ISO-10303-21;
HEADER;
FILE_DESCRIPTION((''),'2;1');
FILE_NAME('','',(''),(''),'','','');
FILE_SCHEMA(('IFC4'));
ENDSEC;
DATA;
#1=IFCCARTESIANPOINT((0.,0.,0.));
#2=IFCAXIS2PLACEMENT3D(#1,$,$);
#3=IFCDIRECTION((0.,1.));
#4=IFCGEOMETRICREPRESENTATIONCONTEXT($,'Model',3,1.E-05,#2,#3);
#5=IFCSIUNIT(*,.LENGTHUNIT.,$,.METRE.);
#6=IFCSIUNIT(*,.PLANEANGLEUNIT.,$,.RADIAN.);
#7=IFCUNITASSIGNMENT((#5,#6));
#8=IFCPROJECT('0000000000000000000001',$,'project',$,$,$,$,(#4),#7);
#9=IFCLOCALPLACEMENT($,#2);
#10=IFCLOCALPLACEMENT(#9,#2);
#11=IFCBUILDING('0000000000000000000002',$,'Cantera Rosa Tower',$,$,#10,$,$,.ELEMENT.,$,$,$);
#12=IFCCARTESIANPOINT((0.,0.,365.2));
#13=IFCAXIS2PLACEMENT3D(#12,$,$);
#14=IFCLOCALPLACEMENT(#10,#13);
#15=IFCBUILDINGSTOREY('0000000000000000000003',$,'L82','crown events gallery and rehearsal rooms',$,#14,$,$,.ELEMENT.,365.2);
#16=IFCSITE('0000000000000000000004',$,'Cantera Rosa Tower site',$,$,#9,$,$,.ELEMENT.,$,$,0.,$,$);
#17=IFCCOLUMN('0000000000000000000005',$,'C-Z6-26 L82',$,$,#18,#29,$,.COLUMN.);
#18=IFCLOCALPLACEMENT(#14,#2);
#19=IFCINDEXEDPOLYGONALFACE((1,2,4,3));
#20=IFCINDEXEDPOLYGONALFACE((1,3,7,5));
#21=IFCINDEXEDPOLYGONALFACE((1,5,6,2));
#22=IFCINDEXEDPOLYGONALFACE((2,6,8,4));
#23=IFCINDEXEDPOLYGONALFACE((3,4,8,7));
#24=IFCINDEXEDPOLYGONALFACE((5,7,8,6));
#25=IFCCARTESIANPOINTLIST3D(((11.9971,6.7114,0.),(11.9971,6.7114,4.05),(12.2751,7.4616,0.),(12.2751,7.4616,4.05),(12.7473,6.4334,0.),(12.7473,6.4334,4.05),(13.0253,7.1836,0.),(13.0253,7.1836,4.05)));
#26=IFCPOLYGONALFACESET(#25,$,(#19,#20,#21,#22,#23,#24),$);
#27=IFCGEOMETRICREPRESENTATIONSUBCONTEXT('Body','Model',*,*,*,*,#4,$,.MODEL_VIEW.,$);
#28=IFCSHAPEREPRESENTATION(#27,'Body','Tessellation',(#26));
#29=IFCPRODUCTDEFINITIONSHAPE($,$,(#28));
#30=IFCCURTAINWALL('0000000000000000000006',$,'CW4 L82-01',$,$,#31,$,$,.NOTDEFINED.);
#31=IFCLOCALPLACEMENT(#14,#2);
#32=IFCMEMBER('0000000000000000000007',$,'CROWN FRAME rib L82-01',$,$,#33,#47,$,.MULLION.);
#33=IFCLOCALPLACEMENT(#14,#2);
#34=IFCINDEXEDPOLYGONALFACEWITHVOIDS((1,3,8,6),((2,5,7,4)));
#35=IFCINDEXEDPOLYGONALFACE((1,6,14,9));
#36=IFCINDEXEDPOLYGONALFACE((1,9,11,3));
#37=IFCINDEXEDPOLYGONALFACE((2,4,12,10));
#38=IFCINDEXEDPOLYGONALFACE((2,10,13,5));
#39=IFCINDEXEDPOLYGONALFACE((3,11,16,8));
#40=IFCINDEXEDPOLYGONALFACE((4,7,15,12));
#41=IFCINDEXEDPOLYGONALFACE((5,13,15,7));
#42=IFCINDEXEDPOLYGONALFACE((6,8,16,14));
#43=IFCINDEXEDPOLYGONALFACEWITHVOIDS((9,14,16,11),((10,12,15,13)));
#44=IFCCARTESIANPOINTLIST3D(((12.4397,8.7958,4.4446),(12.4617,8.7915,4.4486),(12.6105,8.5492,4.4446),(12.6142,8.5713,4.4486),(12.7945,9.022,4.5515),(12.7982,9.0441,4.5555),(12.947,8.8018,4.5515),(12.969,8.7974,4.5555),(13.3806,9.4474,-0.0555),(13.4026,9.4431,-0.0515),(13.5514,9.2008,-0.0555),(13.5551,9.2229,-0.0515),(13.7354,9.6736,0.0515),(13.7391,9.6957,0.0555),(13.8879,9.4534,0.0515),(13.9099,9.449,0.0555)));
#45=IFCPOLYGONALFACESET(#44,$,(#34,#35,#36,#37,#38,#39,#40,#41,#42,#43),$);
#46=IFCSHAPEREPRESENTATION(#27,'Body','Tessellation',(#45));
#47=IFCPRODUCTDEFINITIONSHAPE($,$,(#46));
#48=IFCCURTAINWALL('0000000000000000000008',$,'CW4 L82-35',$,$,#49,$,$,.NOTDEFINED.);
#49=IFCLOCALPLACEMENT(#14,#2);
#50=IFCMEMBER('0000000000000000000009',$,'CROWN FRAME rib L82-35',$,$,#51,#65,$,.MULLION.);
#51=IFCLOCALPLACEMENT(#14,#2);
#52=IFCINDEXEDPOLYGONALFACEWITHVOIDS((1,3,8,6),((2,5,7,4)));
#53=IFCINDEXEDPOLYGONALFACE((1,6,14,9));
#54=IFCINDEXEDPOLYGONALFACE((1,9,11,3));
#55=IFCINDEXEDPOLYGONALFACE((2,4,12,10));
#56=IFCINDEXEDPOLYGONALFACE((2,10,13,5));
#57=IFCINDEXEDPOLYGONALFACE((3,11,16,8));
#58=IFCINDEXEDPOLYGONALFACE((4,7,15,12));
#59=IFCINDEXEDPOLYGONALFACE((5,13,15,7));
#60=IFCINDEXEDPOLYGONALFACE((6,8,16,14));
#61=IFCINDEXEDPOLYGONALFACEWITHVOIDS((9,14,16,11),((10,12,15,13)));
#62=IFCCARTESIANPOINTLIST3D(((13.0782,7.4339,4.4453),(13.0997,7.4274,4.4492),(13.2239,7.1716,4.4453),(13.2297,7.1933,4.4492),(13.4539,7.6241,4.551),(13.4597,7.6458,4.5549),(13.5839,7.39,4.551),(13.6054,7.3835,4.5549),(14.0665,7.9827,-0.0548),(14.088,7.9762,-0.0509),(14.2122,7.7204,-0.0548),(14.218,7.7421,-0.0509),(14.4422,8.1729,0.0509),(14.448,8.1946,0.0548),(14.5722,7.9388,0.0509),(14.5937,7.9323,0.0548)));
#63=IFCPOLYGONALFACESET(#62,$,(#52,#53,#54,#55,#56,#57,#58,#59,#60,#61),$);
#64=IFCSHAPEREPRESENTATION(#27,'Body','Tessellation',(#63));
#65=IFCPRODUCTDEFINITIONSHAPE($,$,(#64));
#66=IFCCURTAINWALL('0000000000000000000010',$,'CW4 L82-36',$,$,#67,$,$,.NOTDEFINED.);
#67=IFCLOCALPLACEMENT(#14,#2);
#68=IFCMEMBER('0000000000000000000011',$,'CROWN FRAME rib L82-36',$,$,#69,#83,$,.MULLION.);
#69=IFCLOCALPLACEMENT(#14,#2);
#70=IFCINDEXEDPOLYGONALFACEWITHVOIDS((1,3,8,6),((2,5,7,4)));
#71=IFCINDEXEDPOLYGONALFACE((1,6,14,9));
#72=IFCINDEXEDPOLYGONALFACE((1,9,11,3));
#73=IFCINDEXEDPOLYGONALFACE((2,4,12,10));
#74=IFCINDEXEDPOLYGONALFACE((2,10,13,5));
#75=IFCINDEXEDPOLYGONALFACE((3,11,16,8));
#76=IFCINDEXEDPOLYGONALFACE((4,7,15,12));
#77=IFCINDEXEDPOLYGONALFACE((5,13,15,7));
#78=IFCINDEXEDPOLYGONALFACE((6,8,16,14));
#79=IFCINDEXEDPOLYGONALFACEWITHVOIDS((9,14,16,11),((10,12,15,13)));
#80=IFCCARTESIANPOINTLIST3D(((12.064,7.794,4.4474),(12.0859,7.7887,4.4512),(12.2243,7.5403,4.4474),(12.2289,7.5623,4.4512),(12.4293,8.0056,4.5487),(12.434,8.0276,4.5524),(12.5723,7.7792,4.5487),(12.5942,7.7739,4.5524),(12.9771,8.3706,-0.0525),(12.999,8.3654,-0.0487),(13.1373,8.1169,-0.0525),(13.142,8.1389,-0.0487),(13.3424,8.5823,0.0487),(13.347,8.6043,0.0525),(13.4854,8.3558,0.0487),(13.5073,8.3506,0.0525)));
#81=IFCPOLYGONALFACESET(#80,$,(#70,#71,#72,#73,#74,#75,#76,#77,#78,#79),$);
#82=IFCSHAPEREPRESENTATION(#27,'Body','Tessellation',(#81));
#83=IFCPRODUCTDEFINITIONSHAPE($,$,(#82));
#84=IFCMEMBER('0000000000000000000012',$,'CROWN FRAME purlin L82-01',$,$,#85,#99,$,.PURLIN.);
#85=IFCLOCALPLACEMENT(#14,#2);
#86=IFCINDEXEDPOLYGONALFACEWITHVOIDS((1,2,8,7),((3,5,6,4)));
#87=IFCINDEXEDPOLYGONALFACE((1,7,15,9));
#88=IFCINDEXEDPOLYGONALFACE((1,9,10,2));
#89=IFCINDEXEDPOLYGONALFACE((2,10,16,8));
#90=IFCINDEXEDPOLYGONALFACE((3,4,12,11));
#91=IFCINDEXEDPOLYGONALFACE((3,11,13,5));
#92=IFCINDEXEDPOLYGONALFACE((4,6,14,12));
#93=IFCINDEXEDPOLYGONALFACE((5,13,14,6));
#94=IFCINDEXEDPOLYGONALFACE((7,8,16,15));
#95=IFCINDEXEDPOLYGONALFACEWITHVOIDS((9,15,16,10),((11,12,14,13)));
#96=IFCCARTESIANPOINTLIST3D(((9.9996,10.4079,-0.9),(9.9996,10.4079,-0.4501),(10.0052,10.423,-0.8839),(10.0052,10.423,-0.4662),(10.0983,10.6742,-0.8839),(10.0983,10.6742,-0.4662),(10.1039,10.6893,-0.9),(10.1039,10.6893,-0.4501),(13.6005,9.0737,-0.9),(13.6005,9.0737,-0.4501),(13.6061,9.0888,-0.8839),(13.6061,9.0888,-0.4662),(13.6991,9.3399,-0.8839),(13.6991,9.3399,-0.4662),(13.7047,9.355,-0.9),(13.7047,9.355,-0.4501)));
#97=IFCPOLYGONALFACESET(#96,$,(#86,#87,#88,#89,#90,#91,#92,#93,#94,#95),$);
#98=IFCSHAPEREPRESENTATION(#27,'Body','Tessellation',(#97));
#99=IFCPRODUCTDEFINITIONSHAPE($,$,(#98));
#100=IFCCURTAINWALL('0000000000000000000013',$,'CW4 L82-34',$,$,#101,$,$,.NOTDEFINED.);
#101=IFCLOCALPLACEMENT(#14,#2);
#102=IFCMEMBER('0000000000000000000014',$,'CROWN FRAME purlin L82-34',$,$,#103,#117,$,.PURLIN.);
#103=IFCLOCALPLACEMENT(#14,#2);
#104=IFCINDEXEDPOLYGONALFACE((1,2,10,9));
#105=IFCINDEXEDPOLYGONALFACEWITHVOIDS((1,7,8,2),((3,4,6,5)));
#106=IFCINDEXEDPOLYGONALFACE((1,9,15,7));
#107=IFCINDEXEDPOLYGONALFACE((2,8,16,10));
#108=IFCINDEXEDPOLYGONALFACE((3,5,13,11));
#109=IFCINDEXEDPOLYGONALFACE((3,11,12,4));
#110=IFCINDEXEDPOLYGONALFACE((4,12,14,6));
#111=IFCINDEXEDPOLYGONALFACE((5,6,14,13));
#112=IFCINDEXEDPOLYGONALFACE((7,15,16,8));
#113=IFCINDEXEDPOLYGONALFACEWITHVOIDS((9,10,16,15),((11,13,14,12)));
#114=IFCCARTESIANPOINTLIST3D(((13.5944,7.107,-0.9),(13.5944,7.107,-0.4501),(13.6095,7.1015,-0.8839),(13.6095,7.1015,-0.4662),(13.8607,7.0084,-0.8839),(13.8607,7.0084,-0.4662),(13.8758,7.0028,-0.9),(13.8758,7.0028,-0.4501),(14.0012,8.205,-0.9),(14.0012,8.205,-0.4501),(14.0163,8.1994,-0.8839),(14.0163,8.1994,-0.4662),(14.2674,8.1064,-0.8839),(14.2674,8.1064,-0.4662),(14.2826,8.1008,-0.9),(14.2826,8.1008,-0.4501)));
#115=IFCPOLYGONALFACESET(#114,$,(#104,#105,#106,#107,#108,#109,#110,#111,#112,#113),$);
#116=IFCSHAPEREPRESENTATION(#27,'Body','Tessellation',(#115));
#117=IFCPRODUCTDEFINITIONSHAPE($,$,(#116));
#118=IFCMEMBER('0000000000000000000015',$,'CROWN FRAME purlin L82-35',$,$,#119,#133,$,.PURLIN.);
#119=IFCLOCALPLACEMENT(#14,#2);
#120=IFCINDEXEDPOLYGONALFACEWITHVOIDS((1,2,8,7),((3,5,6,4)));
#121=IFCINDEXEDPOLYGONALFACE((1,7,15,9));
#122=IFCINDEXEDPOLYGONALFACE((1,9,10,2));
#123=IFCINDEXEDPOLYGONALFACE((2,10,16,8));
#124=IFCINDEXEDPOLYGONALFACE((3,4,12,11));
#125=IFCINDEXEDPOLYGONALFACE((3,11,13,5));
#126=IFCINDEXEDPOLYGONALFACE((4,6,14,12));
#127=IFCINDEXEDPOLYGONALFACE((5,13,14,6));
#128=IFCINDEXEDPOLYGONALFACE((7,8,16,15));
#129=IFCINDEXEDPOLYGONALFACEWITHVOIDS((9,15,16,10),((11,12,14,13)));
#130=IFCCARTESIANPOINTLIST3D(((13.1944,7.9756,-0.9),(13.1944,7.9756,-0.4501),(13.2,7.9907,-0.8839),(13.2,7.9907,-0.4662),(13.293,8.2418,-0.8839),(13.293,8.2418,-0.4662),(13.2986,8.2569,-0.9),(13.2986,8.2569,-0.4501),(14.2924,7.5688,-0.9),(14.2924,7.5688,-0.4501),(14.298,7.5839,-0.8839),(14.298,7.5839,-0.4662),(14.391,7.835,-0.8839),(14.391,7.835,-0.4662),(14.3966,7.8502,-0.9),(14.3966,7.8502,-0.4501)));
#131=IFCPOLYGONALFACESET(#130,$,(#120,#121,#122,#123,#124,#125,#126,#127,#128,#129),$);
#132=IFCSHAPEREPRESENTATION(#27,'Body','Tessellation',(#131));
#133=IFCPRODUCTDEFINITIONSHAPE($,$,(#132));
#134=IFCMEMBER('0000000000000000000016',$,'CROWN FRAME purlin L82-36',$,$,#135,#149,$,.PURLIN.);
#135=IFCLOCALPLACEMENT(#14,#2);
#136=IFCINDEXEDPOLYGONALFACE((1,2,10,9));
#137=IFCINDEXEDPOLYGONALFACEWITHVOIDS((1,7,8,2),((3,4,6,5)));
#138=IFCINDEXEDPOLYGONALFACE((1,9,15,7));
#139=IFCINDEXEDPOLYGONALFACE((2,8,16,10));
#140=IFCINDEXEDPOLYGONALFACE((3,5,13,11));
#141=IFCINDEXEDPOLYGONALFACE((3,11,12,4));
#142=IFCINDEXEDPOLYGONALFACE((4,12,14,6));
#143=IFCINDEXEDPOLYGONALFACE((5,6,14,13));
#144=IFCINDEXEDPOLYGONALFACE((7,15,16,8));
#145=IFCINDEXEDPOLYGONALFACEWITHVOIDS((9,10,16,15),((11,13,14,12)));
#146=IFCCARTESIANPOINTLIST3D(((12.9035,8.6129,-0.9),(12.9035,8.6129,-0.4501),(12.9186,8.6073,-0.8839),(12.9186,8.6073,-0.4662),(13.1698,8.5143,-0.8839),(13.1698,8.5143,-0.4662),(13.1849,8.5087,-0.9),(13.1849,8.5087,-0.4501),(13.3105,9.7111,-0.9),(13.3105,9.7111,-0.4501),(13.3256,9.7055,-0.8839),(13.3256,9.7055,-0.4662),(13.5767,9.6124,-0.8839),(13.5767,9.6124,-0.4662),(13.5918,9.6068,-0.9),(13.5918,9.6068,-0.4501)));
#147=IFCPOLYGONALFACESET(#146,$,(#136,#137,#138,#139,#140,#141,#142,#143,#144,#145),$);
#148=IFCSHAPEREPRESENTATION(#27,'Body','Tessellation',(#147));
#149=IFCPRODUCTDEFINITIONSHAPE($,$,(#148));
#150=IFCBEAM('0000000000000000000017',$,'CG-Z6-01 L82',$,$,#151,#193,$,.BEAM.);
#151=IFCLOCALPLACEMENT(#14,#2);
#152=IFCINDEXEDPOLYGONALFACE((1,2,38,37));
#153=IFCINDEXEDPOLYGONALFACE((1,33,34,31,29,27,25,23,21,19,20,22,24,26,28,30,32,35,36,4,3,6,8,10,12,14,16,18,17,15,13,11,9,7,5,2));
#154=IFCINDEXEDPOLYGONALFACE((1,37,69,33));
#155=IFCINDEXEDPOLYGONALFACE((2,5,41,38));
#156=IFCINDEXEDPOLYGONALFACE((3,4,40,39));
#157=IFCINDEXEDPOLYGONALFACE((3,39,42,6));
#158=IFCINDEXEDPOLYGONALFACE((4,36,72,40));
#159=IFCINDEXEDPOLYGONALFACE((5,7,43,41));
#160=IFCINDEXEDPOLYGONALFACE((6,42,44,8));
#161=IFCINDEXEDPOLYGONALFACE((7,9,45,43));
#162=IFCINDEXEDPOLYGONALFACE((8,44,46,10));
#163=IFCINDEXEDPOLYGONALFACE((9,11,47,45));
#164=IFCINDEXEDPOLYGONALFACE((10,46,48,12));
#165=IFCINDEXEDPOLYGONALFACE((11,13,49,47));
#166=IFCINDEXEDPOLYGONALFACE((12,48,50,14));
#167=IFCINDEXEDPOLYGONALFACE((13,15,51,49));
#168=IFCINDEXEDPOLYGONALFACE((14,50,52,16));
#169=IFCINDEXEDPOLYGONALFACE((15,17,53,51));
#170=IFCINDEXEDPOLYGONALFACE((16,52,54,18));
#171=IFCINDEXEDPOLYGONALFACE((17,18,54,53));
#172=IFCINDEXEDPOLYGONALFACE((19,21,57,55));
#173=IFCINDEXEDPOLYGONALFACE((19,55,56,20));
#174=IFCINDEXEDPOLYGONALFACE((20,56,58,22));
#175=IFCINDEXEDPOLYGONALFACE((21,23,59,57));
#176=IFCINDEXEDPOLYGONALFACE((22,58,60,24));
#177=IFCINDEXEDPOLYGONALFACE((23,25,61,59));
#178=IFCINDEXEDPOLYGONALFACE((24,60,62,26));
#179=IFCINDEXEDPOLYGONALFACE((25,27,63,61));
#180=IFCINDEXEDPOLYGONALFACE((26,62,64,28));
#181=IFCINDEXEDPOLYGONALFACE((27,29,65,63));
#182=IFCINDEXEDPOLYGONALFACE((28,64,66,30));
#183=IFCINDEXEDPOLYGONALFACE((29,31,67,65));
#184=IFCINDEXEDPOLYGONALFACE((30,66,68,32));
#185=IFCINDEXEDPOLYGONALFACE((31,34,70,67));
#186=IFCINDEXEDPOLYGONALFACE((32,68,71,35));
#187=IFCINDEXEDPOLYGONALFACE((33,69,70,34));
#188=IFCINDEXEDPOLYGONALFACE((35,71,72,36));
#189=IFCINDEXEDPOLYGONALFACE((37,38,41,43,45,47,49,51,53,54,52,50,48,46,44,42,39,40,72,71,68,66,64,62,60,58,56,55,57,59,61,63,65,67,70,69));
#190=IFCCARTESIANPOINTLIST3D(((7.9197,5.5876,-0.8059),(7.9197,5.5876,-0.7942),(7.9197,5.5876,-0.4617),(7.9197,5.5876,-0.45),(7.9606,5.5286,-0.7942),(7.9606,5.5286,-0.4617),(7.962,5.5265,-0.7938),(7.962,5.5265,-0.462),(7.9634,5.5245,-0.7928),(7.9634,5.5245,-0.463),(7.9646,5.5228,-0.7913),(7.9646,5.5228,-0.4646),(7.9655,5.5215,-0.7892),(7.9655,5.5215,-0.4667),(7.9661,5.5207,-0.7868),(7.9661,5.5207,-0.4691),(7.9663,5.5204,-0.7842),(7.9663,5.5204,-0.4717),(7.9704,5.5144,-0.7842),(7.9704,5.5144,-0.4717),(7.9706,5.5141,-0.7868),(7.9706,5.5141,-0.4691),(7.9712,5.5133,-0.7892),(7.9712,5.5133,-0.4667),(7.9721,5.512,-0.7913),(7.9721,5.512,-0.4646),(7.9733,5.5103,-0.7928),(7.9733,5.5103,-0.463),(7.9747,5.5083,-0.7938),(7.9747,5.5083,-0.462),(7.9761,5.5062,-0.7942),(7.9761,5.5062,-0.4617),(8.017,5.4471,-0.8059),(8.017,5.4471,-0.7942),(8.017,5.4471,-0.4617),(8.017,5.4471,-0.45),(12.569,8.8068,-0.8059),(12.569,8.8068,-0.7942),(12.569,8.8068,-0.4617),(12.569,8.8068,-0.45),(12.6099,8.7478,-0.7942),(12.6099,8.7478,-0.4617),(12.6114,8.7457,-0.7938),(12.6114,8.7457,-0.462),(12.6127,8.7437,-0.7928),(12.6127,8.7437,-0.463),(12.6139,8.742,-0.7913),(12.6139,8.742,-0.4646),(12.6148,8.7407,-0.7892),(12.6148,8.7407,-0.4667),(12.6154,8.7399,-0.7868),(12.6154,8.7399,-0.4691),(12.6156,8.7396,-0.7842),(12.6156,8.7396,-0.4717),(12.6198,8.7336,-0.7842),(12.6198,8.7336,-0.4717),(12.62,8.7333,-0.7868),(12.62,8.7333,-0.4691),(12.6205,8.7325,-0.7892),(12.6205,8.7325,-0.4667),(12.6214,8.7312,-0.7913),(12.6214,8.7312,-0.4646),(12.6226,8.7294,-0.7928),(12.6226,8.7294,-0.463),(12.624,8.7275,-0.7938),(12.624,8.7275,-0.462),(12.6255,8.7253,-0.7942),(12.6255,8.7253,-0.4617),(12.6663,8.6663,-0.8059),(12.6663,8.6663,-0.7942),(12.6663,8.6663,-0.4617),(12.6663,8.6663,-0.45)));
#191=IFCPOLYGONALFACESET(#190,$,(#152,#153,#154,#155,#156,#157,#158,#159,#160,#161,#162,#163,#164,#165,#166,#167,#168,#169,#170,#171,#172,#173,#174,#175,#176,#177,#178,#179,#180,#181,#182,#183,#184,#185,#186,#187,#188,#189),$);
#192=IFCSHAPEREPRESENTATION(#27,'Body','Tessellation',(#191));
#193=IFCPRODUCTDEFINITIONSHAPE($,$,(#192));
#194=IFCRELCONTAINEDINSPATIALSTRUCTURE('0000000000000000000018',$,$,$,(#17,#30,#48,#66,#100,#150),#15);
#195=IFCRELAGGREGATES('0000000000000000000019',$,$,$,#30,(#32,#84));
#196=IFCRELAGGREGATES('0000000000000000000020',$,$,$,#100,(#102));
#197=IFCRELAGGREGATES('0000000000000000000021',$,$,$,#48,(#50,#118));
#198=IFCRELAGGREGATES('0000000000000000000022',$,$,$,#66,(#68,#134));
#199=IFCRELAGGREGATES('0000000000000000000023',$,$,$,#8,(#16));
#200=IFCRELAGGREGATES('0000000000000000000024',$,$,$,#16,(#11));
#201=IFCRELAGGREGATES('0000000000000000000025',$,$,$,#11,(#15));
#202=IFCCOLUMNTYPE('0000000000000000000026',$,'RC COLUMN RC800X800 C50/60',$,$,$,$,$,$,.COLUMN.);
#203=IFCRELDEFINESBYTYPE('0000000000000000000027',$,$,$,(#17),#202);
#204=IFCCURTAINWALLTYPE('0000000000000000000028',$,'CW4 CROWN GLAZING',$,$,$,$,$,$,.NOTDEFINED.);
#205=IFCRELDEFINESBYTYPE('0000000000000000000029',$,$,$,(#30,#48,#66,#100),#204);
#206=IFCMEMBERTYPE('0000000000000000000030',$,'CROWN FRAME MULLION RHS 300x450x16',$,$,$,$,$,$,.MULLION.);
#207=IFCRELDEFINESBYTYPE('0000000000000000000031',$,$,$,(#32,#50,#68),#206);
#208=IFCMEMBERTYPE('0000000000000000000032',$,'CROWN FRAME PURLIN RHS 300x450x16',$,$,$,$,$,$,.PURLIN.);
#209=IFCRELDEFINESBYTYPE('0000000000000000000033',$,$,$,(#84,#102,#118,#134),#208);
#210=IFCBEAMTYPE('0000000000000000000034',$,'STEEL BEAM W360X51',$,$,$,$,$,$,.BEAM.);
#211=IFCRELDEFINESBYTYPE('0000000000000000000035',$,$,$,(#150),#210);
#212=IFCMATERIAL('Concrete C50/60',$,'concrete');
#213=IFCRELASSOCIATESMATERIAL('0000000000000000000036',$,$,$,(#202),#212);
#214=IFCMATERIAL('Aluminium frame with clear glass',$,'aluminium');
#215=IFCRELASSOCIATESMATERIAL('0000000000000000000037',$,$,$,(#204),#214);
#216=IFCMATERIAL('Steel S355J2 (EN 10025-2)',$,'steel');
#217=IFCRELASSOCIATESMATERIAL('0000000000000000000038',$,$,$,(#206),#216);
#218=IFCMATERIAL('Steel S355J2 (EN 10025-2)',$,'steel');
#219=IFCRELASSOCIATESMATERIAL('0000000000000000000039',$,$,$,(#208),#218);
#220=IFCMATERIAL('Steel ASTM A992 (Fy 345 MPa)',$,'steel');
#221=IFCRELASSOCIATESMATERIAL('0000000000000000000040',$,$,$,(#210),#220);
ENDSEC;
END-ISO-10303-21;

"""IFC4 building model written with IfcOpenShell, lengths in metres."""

from ifc_helpers import new_model, si_unit, direction, frame, origin, origin_2d, place, context, subcontext, project, spatial, rectangle, hollow_rectangle, i_section, extrude, material, material_profile, profile_set, type_object, element, aggregate, save


model = new_model("IFC4")

# Units and contexts
model_context = context("Model", 3, precision=1e-05, world=origin(), true_north=direction((0.0, 1.0)))
body_context = subcontext(model_context, "Body", "Model", "MODEL_VIEW")
ifc_project = project(units=[si_unit("LENGTHUNIT", "METRE"), si_unit("PLANEANGLEUNIT", "RADIAN")], contexts=[model_context])

# Site, building, storey
site_placement = place(None, origin())
site = spatial("IfcSite", under=ifc_project, at=site_placement, Name="Cantera Rosa Tower site", CompositionType="ELEMENT", RefElevation=0.0)
building_placement = place(site_placement, origin())
building = spatial("IfcBuilding", under=site, at=building_placement, Name="Cantera Rosa Tower", CompositionType="ELEMENT")
storey_placement = place(building_placement, frame((0.0, 0.0, 365.2)))
storey = spatial("IfcBuildingStorey", under=building, at=storey_placement, Name="L82", Description="crown events gallery and rehearsal rooms", CompositionType="ELEMENT", Elevation=365.2)

# Column
ifc_material_1 = material(Name="Concrete C50/60", Category="concrete")
ifc_material_profile_1 = material_profile(ifc_material_1, rectangle(XDim=0.8, YDim=0.8, at=origin_2d()), Name="RC COLUMN RC800X800 C50/60")
ifc_profile_set_1 = profile_set([ifc_material_profile_1], Name="Concrete C50/60")
column_type = type_object("IfcColumnType", Name="RC COLUMN RC800X800 C50/60", PredefinedType="COLUMN", material=ifc_profile_set_1)
column_placement = place(storey_placement, frame((12.5112, 6.9475, 0.0), z_axis=(0.0, 0.0, 1.0), x_axis=(0.347481, 0.937687, 0.0)))
element("IfcColumn", 1, at=column_placement, inside=storey, type_object=column_type, Name="C-Z6-26 L82", PredefinedType="COLUMN", context=body_context, shape_type="SweptSolid", body=[
    extrude(rectangle(XDim=0.8, YDim=0.8, at=origin_2d()), origin(), (0.0, 0.0, 1.0), 4.05),
])

# Curtain walls, members
ifc_material_2 = material(Name="Aluminium frame with clear glass", Category="aluminium")
curtain_wall_type = type_object("IfcCurtainWallType", Name="CW4 CROWN GLAZING", PredefinedType="NOTDEFINED", material=ifc_material_2)
curtain_wall_1_placement = place(storey_placement, origin())
curtain_wall_1 = element("IfcCurtainWall", 2, at=curtain_wall_1_placement, inside=storey, type_object=curtain_wall_type, Name="CW4 L82-01", PredefinedType="NOTDEFINED")
ifc_material_3 = material(Name="Steel S355J2 (EN 10025-2)", Category="steel")
ifc_material_profile_2 = material_profile(ifc_material_3, hollow_rectangle(XDim=0.3, YDim=0.45, WallThickness=0.0161, at=origin_2d()), Name="CROWN FRAME MULLION RHS 300x450x16")
ifc_profile_set_2 = profile_set([ifc_material_profile_2], Name="Steel S355J2 (EN 10025-2)")
member_type_1 = type_object("IfcMemberType", Name="CROWN FRAME MULLION RHS 300x450x16", PredefinedType="MULLION", material=ifc_profile_set_2)
member_1_placement = place(storey_placement, frame((13.6453, 9.4482, 0.0), z_axis=(-0.202641, -0.140335, 0.969145), x_axis=(0.569332, -0.822108, 0.0)))
member_1 = element("IfcMember", 3, at=member_1_placement, type_object=member_type_1, Name="CROWN FRAME rib L82-01", PredefinedType="MULLION", context=body_context, shape_type="SweptSolid", body=[
    extrude(hollow_rectangle(XDim=0.3, YDim=0.45, WallThickness=0.0161, at=origin_2d()), origin(), (0.0, 0.0, 1.0), 4.6433),
])
curtain_wall_2_placement = place(storey_placement, origin())
curtain_wall_2 = element("IfcCurtainWall", 4, at=curtain_wall_2_placement, inside=storey, type_object=curtain_wall_type, Name="CW4 L82-35", PredefinedType="NOTDEFINED")
member_2_placement = place(storey_placement, frame((14.3301, 7.9575, 0.0), z_axis=(-0.213, -0.118287, 0.969866), x_axis=(0.485496, -0.874239, 0.0)))
member_2 = element("IfcMember", 5, at=member_2_placement, type_object=member_type_1, Name="CROWN FRAME rib L82-35", PredefinedType="MULLION", context=body_context, shape_type="SweptSolid", body=[
    extrude(hollow_rectangle(XDim=0.3, YDim=0.45, WallThickness=0.0161, at=origin_2d()), origin(), (0.0, 0.0, 1.0), 4.6399),
])
curtain_wall_3_placement = place(storey_placement, origin())
curtain_wall_3 = element("IfcCurtainWall", 6, at=curtain_wall_3_placement, inside=storey, type_object=curtain_wall_type, Name="CW4 L82-36", PredefinedType="NOTDEFINED")
member_3_placement = place(storey_placement, frame((13.2422, 8.3606, 0.0), z_axis=(-0.197306, -0.124609, 0.97239), x_axis=(0.533976, -0.8455, 0.0)))
member_3 = element("IfcMember", 7, at=member_3_placement, type_object=member_type_1, Name="CROWN FRAME rib L82-36", PredefinedType="MULLION", context=body_context, shape_type="SweptSolid", body=[
    extrude(hollow_rectangle(XDim=0.3, YDim=0.45, WallThickness=0.0161, at=origin_2d()), origin(), (0.0, 0.0, 1.0), 4.6277),
])

# Member
ifc_material_4 = material(Name="Steel S355J2 (EN 10025-2)", Category="steel")
ifc_material_profile_3 = material_profile(ifc_material_4, hollow_rectangle(XDim=0.3, YDim=0.45, WallThickness=0.0161, at=origin_2d()), Name="CROWN FRAME PURLIN RHS 300x450x16")
ifc_profile_set_3 = profile_set([ifc_material_profile_3], Name="Steel S355J2 (EN 10025-2)")
member_type_2 = type_object("IfcMemberType", Name="CROWN FRAME PURLIN RHS 300x450x16", PredefinedType="PURLIN", material=ifc_profile_set_3)
member_4_placement = place(storey_placement, frame((13.6526, 9.2144, -0.675), z_axis=(-0.937699, 0.347449, 0.0), x_axis=(-0.347449, -0.937699, 0.0)))
member_4 = element("IfcMember", 8, at=member_4_placement, type_object=member_type_2, Name="CROWN FRAME purlin L82-01", PredefinedType="PURLIN", context=body_context, shape_type="SweptSolid", body=[
    extrude(hollow_rectangle(XDim=0.3, YDim=0.45, WallThickness=0.0161, at=origin_2d()), origin(), (0.0, 0.0, 1.0), 3.8401),
])

# Curtain wall, member
curtain_wall_4_placement = place(storey_placement, origin())
curtain_wall_4 = element("IfcCurtainWall", 9, at=curtain_wall_4_placement, inside=storey, type_object=curtain_wall_type, Name="CW4 L82-34", PredefinedType="NOTDEFINED")
member_5_placement = place(storey_placement, frame((13.7351, 7.0549, -0.675), z_axis=(0.347396, 0.937719, 0.0), x_axis=(-0.937719, 0.347396, 0.0)))
member_5 = element("IfcMember", 10, at=member_5_placement, type_object=member_type_2, Name="CROWN FRAME purlin L82-34", PredefinedType="PURLIN", context=body_context, shape_type="SweptSolid", body=[
    extrude(hollow_rectangle(XDim=0.3, YDim=0.45, WallThickness=0.0161, at=origin_2d()), origin(), (0.0, 0.0, 1.0), 1.1709),
])

# Members
member_6_placement = place(storey_placement, frame((14.3445, 7.7095, -0.675), z_axis=(-0.937719, 0.347396, 0.0), x_axis=(-0.347396, -0.937719, 0.0)))
member_6 = element("IfcMember", 11, at=member_6_placement, type_object=member_type_2, Name="CROWN FRAME purlin L82-35", PredefinedType="PURLIN", context=body_context, shape_type="SweptSolid", body=[
    extrude(hollow_rectangle(XDim=0.3, YDim=0.45, WallThickness=0.0161, at=origin_2d()), origin(), (0.0, 0.0, 1.0), 1.1709),
])
member_7_placement = place(storey_placement, frame((13.0442, 8.5608, -0.675), z_axis=(0.347511, 0.937676, 0.0), x_axis=(-0.937676, 0.347511, 0.0)))
member_7 = element("IfcMember", 12, at=member_7_placement, type_object=member_type_2, Name="CROWN FRAME purlin L82-36", PredefinedType="PURLIN", context=body_context, shape_type="SweptSolid", body=[
    extrude(hollow_rectangle(XDim=0.3, YDim=0.45, WallThickness=0.0161, at=origin_2d()), origin(), (0.0, 0.0, 1.0), 1.1711),
])

# Beam
ifc_material_5 = material(Name="Steel ASTM A992 (Fy 345 MPa)", Category="steel")
ifc_material_profile_4 = material_profile(ifc_material_5, i_section(OverallWidth=0.1709, OverallDepth=0.356, WebThickness=0.0073, FlangeThickness=0.0117, FilletRadius=0.01, at=origin_2d()), Name="W360X51")
ifc_profile_set_4 = profile_set([ifc_material_profile_4], Name="Steel ASTM A992 (Fy 345 MPa)")
beam_type_1 = type_object("IfcBeamType", Name="STEEL BEAM W360X51", PredefinedType="BEAM", material=ifc_profile_set_4)
beam_1_placement = place(storey_placement, frame((12.6177, 8.7366, -0.6279), z_axis=(-0.822158, -0.569259, 0.0), x_axis=(0.569259, -0.822158, 0.0)))
element("IfcBeam", 13, at=beam_1_placement, inside=storey, type_object=beam_type_1, Name="CG-Z6-01 L82", PredefinedType="BEAM", context=body_context, shape_type="SweptSolid", body=[
    extrude(i_section(OverallWidth=0.1709, OverallDepth=0.356, WebThickness=0.0073, FlangeThickness=0.0117, FilletRadius=0.01, at=origin_2d()), origin(), (0.0, 0.0, 1.0), 5.655),
])

aggregate(curtain_wall_1, [member_1, member_4])
aggregate(curtain_wall_4, [member_5])
aggregate(curtain_wall_2, [member_2, member_6])
aggregate(curtain_wall_3, [member_3, member_7])

save(model, "model.ifc")
